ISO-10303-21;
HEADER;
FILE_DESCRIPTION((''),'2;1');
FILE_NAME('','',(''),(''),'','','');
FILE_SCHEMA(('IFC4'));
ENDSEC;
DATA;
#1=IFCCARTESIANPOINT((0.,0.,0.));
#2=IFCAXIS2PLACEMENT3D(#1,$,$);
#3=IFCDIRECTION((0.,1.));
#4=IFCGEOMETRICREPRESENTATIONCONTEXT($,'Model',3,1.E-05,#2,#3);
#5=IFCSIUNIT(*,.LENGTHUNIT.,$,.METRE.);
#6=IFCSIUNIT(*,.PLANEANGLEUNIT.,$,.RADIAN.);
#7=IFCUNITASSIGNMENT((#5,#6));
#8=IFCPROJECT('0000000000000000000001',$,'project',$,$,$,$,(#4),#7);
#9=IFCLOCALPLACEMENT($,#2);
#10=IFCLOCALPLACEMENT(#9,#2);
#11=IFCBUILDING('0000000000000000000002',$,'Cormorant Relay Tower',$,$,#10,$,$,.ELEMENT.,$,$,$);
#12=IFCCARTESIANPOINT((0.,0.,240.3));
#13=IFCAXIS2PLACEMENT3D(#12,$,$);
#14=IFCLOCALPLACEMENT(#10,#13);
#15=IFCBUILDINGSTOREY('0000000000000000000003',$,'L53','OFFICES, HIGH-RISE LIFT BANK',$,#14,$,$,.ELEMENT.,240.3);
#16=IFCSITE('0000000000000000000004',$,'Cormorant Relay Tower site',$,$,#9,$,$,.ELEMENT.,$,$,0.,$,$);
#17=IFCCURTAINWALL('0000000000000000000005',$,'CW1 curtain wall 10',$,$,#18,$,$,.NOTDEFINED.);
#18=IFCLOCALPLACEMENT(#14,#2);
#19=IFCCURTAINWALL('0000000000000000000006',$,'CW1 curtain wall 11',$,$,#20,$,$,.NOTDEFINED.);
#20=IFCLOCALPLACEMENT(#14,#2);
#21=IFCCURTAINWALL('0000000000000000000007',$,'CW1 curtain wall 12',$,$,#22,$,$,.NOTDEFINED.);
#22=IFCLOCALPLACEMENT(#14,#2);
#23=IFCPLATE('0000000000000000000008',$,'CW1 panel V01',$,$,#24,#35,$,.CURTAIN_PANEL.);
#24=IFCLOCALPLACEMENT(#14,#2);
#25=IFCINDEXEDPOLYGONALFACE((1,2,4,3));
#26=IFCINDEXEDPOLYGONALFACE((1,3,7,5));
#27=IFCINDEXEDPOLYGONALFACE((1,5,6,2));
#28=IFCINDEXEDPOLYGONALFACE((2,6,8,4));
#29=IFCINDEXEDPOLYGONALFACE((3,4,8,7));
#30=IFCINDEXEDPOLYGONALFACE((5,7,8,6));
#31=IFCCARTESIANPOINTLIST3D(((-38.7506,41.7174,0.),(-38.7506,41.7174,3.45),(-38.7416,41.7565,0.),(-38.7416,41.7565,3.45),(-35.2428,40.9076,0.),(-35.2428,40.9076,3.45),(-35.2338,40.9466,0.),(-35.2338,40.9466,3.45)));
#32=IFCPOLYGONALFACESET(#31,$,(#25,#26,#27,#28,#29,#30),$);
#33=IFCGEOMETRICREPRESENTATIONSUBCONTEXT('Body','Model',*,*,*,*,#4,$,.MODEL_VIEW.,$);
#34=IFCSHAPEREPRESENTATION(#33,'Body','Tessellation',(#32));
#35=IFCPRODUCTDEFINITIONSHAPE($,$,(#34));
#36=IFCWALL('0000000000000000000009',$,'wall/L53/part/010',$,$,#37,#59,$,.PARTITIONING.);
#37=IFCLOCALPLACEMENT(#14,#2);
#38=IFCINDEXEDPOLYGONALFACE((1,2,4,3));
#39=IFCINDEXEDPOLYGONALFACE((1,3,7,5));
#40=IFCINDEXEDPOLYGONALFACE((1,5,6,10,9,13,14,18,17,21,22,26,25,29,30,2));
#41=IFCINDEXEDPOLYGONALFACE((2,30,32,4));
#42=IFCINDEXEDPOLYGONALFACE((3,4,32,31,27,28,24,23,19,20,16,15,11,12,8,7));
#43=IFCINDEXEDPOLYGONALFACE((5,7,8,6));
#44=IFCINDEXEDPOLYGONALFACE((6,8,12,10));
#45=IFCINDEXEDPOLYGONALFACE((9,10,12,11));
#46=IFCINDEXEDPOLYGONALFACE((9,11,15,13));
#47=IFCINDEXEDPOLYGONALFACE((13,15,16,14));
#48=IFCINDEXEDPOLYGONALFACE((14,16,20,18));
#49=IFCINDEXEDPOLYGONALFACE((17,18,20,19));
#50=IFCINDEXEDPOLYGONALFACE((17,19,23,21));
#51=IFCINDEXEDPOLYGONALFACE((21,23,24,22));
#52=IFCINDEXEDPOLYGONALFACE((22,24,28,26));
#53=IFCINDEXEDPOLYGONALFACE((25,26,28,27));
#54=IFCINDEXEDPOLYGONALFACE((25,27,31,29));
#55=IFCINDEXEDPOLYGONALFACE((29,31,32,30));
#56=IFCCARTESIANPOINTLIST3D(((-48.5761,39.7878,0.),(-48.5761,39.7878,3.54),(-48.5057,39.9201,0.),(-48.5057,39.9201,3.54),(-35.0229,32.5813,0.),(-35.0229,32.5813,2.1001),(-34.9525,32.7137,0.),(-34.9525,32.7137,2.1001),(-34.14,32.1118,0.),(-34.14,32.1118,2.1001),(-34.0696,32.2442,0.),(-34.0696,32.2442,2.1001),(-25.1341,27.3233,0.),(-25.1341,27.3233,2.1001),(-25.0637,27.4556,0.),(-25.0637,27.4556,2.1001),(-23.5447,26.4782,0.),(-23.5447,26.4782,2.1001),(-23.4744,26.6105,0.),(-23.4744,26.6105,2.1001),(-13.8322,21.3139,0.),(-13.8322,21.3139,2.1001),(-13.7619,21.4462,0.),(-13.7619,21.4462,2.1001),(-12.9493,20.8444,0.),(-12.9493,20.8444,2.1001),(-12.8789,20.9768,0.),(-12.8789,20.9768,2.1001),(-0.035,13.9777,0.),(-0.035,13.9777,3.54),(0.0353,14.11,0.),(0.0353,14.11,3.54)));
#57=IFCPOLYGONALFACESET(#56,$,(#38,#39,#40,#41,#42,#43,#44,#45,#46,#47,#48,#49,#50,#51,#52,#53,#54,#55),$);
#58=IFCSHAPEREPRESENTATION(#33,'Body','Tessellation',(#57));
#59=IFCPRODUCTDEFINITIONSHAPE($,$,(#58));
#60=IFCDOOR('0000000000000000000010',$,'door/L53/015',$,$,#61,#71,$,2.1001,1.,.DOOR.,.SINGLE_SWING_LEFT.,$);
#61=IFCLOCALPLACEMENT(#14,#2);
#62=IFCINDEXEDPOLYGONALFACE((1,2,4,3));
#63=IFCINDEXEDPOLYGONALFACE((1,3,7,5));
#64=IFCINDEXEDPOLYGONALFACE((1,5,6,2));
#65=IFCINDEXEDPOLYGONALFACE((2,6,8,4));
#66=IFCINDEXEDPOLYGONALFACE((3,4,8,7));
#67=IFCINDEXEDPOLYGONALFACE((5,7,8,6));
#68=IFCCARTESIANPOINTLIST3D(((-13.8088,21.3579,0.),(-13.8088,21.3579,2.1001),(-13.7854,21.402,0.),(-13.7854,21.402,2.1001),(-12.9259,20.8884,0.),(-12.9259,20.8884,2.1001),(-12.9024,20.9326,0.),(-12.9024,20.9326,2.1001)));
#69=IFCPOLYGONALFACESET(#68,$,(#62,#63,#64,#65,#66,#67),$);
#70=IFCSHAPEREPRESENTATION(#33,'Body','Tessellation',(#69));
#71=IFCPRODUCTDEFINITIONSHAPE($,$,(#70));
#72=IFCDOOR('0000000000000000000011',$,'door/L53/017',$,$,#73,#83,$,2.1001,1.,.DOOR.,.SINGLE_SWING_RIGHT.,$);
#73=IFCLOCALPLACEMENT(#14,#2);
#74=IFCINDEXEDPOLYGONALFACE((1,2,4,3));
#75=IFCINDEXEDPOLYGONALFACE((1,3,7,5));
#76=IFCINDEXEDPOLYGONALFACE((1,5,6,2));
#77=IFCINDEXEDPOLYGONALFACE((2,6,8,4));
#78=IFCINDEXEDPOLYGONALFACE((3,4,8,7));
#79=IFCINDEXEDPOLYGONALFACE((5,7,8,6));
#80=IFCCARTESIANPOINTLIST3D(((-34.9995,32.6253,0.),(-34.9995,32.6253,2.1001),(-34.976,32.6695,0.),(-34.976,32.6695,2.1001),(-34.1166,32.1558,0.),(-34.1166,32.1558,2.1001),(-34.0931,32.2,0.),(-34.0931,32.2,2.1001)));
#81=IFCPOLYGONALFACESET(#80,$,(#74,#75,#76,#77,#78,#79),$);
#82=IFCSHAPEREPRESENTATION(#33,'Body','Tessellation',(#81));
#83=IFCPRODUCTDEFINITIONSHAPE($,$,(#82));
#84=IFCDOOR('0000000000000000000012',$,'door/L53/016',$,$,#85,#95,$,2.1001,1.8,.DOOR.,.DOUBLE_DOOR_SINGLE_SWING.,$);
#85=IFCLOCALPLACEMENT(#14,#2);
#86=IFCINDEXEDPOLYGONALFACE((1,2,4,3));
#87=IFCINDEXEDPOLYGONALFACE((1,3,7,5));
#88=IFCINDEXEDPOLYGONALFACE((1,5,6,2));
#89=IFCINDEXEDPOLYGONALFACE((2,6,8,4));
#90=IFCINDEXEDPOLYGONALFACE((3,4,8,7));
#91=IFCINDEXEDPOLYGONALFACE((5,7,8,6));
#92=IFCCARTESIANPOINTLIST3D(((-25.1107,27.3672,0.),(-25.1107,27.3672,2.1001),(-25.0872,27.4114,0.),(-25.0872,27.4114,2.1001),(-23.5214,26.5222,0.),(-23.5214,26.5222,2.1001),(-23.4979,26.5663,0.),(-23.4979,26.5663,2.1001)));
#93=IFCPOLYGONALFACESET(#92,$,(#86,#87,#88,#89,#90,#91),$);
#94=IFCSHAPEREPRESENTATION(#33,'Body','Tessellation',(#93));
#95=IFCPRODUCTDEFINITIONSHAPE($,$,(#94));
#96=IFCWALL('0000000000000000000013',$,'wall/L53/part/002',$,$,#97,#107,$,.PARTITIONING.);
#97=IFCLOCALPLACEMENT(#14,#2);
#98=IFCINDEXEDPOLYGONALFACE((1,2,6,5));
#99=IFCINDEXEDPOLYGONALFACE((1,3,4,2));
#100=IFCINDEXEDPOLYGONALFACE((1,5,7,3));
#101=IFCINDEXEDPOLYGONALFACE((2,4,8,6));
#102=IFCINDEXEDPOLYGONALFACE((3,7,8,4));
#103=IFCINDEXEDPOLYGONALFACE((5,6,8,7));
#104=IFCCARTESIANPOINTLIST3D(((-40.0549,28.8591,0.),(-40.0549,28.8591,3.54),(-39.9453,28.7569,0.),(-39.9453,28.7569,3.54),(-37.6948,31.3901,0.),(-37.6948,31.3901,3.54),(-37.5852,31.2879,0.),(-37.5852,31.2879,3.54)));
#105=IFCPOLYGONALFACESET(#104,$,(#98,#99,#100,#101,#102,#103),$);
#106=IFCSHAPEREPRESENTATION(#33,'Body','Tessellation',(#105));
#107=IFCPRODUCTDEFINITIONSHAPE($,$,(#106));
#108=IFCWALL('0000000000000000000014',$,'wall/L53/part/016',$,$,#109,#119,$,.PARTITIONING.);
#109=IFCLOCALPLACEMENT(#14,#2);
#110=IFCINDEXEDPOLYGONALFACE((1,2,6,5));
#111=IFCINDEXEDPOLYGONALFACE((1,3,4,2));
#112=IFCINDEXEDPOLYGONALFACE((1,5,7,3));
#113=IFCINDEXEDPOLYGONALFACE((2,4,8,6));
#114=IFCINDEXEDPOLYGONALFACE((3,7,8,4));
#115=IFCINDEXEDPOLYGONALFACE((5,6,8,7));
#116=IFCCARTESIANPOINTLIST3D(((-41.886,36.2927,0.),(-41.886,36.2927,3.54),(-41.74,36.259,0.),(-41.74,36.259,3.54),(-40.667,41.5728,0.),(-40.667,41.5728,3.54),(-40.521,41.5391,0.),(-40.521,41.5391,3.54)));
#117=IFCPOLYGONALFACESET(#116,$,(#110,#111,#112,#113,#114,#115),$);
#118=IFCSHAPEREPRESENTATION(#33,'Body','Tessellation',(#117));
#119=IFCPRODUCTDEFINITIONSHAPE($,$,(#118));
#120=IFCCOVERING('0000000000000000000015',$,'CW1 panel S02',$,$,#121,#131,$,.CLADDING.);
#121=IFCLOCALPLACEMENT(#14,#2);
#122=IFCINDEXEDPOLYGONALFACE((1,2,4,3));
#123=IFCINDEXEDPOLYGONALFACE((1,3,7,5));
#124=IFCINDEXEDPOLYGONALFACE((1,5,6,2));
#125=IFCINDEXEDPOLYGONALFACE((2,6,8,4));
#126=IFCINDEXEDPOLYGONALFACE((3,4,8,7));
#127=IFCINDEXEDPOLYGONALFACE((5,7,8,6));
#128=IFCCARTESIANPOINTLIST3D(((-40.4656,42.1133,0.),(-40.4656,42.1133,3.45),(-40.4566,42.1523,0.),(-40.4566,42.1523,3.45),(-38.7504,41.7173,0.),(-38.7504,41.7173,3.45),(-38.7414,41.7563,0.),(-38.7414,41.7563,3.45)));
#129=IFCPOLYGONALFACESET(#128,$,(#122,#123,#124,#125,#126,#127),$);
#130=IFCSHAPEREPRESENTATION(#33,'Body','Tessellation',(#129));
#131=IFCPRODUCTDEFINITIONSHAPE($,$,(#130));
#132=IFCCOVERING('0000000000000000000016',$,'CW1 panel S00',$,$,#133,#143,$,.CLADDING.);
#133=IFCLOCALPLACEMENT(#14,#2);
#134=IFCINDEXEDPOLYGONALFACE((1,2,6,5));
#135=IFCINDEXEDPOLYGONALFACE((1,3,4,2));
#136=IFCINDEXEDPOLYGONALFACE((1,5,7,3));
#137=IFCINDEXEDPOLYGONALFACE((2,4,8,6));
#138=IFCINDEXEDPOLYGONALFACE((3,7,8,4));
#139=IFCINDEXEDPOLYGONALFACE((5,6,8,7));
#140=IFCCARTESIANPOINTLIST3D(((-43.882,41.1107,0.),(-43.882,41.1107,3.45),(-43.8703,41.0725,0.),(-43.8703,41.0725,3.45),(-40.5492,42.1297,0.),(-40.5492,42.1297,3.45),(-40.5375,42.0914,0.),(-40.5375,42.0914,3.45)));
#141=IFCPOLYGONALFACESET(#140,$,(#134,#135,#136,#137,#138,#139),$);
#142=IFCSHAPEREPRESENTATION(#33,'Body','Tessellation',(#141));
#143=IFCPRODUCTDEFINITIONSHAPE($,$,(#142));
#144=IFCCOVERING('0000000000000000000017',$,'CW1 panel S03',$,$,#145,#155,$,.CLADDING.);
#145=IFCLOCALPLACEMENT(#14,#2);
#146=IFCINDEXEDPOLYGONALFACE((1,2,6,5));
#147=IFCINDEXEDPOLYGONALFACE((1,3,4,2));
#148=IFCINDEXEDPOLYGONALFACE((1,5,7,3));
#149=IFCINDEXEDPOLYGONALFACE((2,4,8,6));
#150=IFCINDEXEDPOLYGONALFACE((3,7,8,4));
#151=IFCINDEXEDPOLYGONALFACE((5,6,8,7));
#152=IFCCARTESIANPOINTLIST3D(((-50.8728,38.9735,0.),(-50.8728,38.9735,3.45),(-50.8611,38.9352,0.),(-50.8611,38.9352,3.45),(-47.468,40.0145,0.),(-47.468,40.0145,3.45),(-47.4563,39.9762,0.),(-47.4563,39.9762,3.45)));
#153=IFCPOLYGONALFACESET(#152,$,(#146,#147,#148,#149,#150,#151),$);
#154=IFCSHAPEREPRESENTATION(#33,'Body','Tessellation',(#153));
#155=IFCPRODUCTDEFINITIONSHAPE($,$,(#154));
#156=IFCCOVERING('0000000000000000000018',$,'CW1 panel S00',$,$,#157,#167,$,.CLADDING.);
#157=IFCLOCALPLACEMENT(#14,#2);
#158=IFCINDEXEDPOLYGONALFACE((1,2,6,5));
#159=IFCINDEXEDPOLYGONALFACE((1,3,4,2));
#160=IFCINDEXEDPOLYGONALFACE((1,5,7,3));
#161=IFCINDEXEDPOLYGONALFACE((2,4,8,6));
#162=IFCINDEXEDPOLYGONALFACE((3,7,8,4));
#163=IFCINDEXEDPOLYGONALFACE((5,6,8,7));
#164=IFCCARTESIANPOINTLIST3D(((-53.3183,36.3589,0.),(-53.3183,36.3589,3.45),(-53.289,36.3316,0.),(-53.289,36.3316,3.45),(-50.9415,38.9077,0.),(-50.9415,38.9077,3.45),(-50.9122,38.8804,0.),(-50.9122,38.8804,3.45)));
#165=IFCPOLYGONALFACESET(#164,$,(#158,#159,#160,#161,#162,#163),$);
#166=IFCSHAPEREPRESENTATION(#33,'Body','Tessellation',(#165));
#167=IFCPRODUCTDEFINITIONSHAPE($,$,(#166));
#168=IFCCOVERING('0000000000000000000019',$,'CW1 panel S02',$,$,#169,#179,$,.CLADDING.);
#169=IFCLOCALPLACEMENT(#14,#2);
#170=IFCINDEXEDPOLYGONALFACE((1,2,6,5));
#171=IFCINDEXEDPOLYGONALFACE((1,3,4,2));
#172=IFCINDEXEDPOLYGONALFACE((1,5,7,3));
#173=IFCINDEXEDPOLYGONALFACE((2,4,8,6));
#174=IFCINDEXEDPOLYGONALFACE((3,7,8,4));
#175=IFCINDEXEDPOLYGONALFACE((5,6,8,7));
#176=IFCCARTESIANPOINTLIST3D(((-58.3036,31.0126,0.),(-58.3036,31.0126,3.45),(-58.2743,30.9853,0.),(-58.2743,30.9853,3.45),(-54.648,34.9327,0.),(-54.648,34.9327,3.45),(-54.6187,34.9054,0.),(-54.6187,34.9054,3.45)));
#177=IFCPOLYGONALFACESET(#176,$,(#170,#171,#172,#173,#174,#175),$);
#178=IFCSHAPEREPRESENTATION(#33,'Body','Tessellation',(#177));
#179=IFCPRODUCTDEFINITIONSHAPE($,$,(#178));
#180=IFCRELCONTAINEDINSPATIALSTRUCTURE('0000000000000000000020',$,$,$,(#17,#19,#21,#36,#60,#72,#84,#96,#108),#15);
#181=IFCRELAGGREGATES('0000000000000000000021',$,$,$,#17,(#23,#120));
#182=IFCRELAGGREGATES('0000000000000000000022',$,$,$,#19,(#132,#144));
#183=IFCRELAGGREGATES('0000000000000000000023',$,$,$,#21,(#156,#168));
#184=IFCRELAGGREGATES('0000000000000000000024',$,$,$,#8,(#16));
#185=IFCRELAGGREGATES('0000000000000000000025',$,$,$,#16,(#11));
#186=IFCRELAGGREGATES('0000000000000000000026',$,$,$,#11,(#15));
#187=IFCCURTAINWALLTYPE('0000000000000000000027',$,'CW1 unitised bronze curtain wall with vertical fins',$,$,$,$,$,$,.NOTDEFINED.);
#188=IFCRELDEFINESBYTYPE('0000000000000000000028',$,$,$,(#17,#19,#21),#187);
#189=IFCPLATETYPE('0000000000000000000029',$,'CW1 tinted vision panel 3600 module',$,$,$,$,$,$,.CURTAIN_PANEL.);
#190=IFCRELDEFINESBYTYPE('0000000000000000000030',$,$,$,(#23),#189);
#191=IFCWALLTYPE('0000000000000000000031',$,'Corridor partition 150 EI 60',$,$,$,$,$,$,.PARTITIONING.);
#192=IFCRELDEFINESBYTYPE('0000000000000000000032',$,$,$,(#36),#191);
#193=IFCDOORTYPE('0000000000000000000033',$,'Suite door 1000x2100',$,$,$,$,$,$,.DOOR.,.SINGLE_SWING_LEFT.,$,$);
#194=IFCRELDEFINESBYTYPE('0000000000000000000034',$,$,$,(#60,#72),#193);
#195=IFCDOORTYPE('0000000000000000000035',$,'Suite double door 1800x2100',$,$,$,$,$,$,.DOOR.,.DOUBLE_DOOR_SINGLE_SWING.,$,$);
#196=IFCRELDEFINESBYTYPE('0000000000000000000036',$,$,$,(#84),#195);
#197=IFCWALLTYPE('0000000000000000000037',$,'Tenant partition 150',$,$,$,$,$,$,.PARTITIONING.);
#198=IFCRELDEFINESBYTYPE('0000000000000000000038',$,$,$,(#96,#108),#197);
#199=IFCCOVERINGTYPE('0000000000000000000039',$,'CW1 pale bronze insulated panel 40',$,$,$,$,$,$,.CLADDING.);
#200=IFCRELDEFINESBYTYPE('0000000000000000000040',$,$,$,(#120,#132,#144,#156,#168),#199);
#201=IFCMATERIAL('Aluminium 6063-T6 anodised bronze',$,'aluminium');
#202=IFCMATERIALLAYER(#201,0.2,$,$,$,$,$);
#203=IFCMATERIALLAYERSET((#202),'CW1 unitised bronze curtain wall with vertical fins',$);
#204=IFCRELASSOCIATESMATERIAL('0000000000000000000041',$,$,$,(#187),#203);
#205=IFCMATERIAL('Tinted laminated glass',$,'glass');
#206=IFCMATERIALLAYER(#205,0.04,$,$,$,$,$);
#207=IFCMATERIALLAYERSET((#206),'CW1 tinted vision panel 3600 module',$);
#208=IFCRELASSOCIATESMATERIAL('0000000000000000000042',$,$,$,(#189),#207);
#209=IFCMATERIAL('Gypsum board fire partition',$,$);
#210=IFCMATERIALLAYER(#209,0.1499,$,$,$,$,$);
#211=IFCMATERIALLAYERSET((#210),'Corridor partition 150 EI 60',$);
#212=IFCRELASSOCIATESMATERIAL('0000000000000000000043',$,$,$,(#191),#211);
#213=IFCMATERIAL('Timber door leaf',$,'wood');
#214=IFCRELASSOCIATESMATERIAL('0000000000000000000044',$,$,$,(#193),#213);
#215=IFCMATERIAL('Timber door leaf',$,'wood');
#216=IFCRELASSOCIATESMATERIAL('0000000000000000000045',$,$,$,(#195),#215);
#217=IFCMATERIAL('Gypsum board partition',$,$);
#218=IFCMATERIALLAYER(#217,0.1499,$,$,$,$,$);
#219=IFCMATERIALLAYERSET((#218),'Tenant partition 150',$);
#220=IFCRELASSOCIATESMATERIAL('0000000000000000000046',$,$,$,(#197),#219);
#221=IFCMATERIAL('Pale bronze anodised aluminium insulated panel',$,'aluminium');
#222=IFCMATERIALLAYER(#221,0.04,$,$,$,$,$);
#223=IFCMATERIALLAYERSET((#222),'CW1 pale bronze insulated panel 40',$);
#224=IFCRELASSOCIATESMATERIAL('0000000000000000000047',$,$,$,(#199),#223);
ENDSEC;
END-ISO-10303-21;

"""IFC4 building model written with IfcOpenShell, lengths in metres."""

from ifc_helpers import new_model, si_unit, direction, frame, frame_2d, origin, origin_2d, place, context, subcontext, project, spatial, rectangle, extrude, material, layer, layer_set, type_object, element, fill, aggregate, save


model = new_model("IFC4")

# Units and contexts
model_context = context("Model", 3, precision=1e-05, world=origin(), true_north=direction((0.0, 1.0)))
body_context = subcontext(model_context, "Body", "Model", "MODEL_VIEW")
ifc_project = project(units=[si_unit("LENGTHUNIT", "METRE"), si_unit("PLANEANGLEUNIT", "RADIAN")], contexts=[model_context])

# Site, building, storey
site_placement = place(None, origin())
site = spatial("IfcSite", under=ifc_project, at=site_placement, Name="Cormorant Relay Tower site", CompositionType="ELEMENT", RefElevation=0.0)
building_placement = place(site_placement, origin())
building = spatial("IfcBuilding", under=site, at=building_placement, Name="Cormorant Relay Tower", CompositionType="ELEMENT")
storey_placement = place(building_placement, frame((0.0, 0.0, 240.3)))
storey = spatial("IfcBuildingStorey", under=building, at=storey_placement, Name="L53", Description="OFFICES, HIGH-RISE LIFT BANK", CompositionType="ELEMENT", Elevation=240.3)

# Curtain wall
ifc_material_1 = material(Name="Aluminium 6063-T6 anodised bronze", Category="aluminium")
ifc_layer_1 = layer(ifc_material_1, 0.2)
ifc_layer_set_1 = layer_set([ifc_layer_1], Name="CW1 unitised bronze curtain wall with vertical fins")
curtain_wall_type = type_object("IfcCurtainWallType", Name="CW1 unitised bronze curtain wall with vertical fins", PredefinedType="NOTDEFINED", material=ifc_layer_set_1)
curtain_wall_1_placement = place(storey_placement, origin())
curtain_wall_1 = element("IfcCurtainWall", 1, at=curtain_wall_1_placement, inside=storey, type_object=curtain_wall_type, Name="CW1 curtain wall 10", PredefinedType="NOTDEFINED")

# Curtain walls
curtain_wall_2_placement = place(storey_placement, origin())
curtain_wall_2 = element("IfcCurtainWall", 2, at=curtain_wall_2_placement, inside=storey, type_object=curtain_wall_type, Name="CW1 curtain wall 11", PredefinedType="NOTDEFINED")
curtain_wall_3_placement = place(storey_placement, origin())
curtain_wall_3 = element("IfcCurtainWall", 3, at=curtain_wall_3_placement, inside=storey, type_object=curtain_wall_type, Name="CW1 curtain wall 12", PredefinedType="NOTDEFINED")

# Plate
ifc_material_2 = material(Name="Tinted laminated glass", Category="glass")
ifc_layer_2 = layer(ifc_material_2, 0.04)
ifc_layer_set_2 = layer_set([ifc_layer_2], Name="CW1 tinted vision panel 3600 module")
plate_type_1 = type_object("IfcPlateType", Name="CW1 tinted vision panel 3600 module", PredefinedType="CURTAIN_PANEL", material=ifc_layer_set_2)
plate_1_placement = place(storey_placement, frame((-36.9922, 41.332, 0.0), z_axis=(0.0, 0.0, 1.0), x_axis=(-0.97437, 0.224951, 0.0)))
plate_1 = element("IfcPlate", 4, at=plate_1_placement, type_object=plate_type_1, Name="CW1 panel V01", PredefinedType="CURTAIN_PANEL", context=body_context, shape_type="SweptSolid", body=[
    extrude(rectangle(XDim=3.6001, YDim=0.04, at=origin_2d()), origin(), (0.0, 0.0, 1.0), 3.45),
])

# Wall, openings, doors
ifc_material_3 = material(Name="Gypsum board fire partition")
ifc_layer_3 = layer(ifc_material_3, 0.1499)
ifc_layer_set_3 = layer_set([ifc_layer_3], Name="Corridor partition 150 EI 60")
wall_type_1 = type_object("IfcWallType", Name="Corridor partition 150 EI 60", PredefinedType="PARTITIONING", material=ifc_layer_set_3)
wall_1_placement = place(storey_placement, frame((-48.541, 39.854, 0.0), z_axis=(0.0, 0.0, 1.0), x_axis=(0.882945, -0.469476, 0.0)))
wall_1 = element("IfcWall", 5, at=wall_1_placement, inside=storey, type_object=wall_type_1, Name="wall/L53/part/010", PredefinedType="PARTITIONING", context=body_context, shape_type="SweptSolid", body=[
    extrude(rectangle(XDim=54.9763, YDim=0.1499, at=frame_2d((27.4883, 0.0))), origin(), (0.0, 0.0, 1.0), 3.54),
])
opening_1_placement = place(wall_1_placement, frame((39.3501, 0.0, 0.0)))
opening_1 = element("IfcOpeningElement", 6, at=opening_1_placement, cuts=wall_1, PredefinedType="OPENING", context=body_context, shape_type="SweptSolid", body=[
    extrude(rectangle(XDim=1.0, YDim=2.1001, at=frame_2d((0.5, 1.05))), frame((0.0, 0.085, 0.0), z_axis=(0.0, -1.0, 0.0), x_axis=(1.0, 0.0, 0.0)), (0.0, 0.0, 1.0), 0.1699),
])
opening_2_placement = place(wall_1_placement, frame((26.55, 0.0, 0.0)))
opening_2 = element("IfcOpeningElement", 7, at=opening_2_placement, cuts=wall_1, PredefinedType="OPENING", context=body_context, shape_type="SweptSolid", body=[
    extrude(rectangle(XDim=1.8, YDim=2.1001, at=frame_2d((0.8999, 1.05))), frame((0.0, 0.085, 0.0), z_axis=(0.0, -1.0, 0.0), x_axis=(1.0, 0.0, 0.0)), (0.0, 0.0, 1.0), 0.1699),
])
opening_3_placement = place(wall_1_placement, frame((15.3501, 0.0, 0.0)))
opening_3 = element("IfcOpeningElement", 8, at=opening_3_placement, cuts=wall_1, PredefinedType="OPENING", context=body_context, shape_type="SweptSolid", body=[
    extrude(rectangle(XDim=1.0, YDim=2.1001, at=frame_2d((0.5, 1.05))), frame((0.0, 0.085, 0.0), z_axis=(0.0, -1.0, 0.0), x_axis=(1.0, 0.0, 0.0)), (0.0, 0.0, 1.0), 0.1699),
])
ifc_material_4 = material(Name="Timber door leaf", Category="wood")
door_type_1 = type_object("IfcDoorType", Name="Suite door 1000x2100", OperationType="SINGLE_SWING_LEFT", PredefinedType="DOOR", material=ifc_material_4)
door_1_placement = place(opening_1_placement, origin())
door_1 = element("IfcDoor", 9, at=door_1_placement, inside=storey, type_object=door_type_1, Name="door/L53/015", OperationType="SINGLE_SWING_LEFT", OverallHeight=2.1001, OverallWidth=1.0, PredefinedType="DOOR", context=body_context, shape_type="SweptSolid", body=[
    extrude(rectangle(XDim=1.0, YDim=2.1001, at=frame_2d((0.5, 1.05))), frame((0.0, 0.0249, 0.0), z_axis=(0.0, -1.0, 0.0), x_axis=(1.0, 0.0, 0.0)), (0.0, 0.0, 1.0), 0.05),
])
fill(opening_1, door_1)
door_2_placement = place(opening_3_placement, origin())
door_2 = element("IfcDoor", 10, at=door_2_placement, inside=storey, type_object=door_type_1, Name="door/L53/017", OperationType="SINGLE_SWING_RIGHT", OverallHeight=2.1001, OverallWidth=1.0, PredefinedType="DOOR", context=body_context, shape_type="SweptSolid", body=[
    extrude(rectangle(XDim=1.0, YDim=2.1001, at=frame_2d((0.5, 1.05))), frame((0.0, 0.0249, 0.0), z_axis=(0.0, -1.0, 0.0), x_axis=(1.0, 0.0, 0.0)), (0.0, 0.0, 1.0), 0.05),
])
fill(opening_3, door_2)
ifc_material_5 = material(Name="Timber door leaf", Category="wood")
door_type_2 = type_object("IfcDoorType", Name="Suite double door 1800x2100", OperationType="DOUBLE_DOOR_SINGLE_SWING", PredefinedType="DOOR", material=ifc_material_5)
door_3_placement = place(opening_2_placement, origin())
door_3 = element("IfcDoor", 11, at=door_3_placement, inside=storey, type_object=door_type_2, Name="door/L53/016", OperationType="DOUBLE_DOOR_SINGLE_SWING", OverallHeight=2.1001, OverallWidth=1.8, PredefinedType="DOOR", context=body_context, shape_type="SweptSolid", body=[
    extrude(rectangle(XDim=1.8, YDim=2.1001, at=frame_2d((0.8999, 1.05))), frame((0.0, 0.0249, 0.0), z_axis=(0.0, -1.0, 0.0), x_axis=(1.0, 0.0, 0.0)), (0.0, 0.0, 1.0), 0.05),
])
fill(opening_2, door_3)

# Walls
ifc_material_6 = material(Name="Gypsum board partition")
ifc_layer_4 = layer(ifc_material_6, 0.1499)
ifc_layer_set_4 = layer_set([ifc_layer_4], Name="Tenant partition 150")
wall_type_2 = type_object("IfcWallType", Name="Tenant partition 150", PredefinedType="PARTITIONING", material=ifc_layer_set_4)
wall_2_placement = place(storey_placement, frame((-37.6399, 31.3391, 0.0), z_axis=(0.0, 0.0, 1.0), x_axis=(-0.681984, -0.731367, 0.0)))
element("IfcWall", 12, at=wall_2_placement, inside=storey, type_object=wall_type_2, Name="wall/L53/part/002", PredefinedType="PARTITIONING", context=body_context, shape_type="SweptSolid", body=[
    extrude(rectangle(XDim=3.4607, YDim=0.1499, at=frame_2d((1.7305, 0.0))), origin(), (0.0, 0.0, 1.0), 3.54),
])
wall_3_placement = place(storey_placement, frame((-41.813, 36.2759, 0.0), z_axis=(0.0, 0.0, 1.0), x_axis=(0.224952, 0.97437, 0.0)))
element("IfcWall", 13, at=wall_3_placement, inside=storey, type_object=wall_type_2, Name="wall/L53/part/016", PredefinedType="PARTITIONING", context=body_context, shape_type="SweptSolid", body=[
    extrude(rectangle(XDim=5.4189, YDim=0.1499, at=frame_2d((2.7095, 0.0))), origin(), (0.0, 0.0, 1.0), 3.54),
])

# Coverings
ifc_material_7 = material(Name="Pale bronze anodised aluminium insulated panel", Category="aluminium")
ifc_layer_5 = layer(ifc_material_7, 0.04)
ifc_layer_set_5 = layer_set([ifc_layer_5], Name="CW1 pale bronze insulated panel 40")
covering_type = type_object("IfcCoveringType", Name="CW1 pale bronze insulated panel 40", PredefinedType="CLADDING", material=ifc_layer_set_5)
covering_1_placement = place(storey_placement, frame((-39.6035, 41.9348, 0.0), z_axis=(0.0, 0.0, 1.0), x_axis=(-0.97437, 0.224951, 0.0)))
covering_1 = element("IfcCovering", 14, at=covering_1_placement, type_object=covering_type, Name="CW1 panel S02", PredefinedType="CLADDING", context=body_context, shape_type="SweptSolid", body=[
    extrude(rectangle(XDim=1.7603, YDim=0.04, at=origin_2d()), origin(), (0.0, 0.0, 1.0), 3.45),
])
aggregate(curtain_wall_1, [plate_1, covering_1])
covering_2_placement = place(storey_placement, frame((-42.2097, 41.6011, 0.0), z_axis=(0.0, 0.0, 1.0), x_axis=(-0.956305, -0.292372, 0.0)))
covering_2 = element("IfcCovering", 15, at=covering_2_placement, type_object=covering_type, Name="CW1 panel S00", PredefinedType="CLADDING", context=body_context, shape_type="SweptSolid", body=[
    extrude(rectangle(XDim=3.4851, YDim=0.04, at=origin_2d()), origin(), (0.0, 0.0, 1.0), 3.45),
])
covering_3_placement = place(storey_placement, frame((-49.1646, 39.4749, 0.0), z_axis=(0.0, 0.0, 1.0), x_axis=(-0.956305, -0.292372, 0.0)))
covering_3 = element("IfcCovering", 16, at=covering_3_placement, type_object=covering_type, Name="CW1 panel S03", PredefinedType="CLADDING", context=body_context, shape_type="SweptSolid", body=[
    extrude(rectangle(XDim=3.5603, YDim=0.04, at=origin_2d()), origin(), (0.0, 0.0, 1.0), 3.45),
])
aggregate(curtain_wall_2, [covering_2, covering_3])
covering_4_placement = place(storey_placement, frame((-52.1152, 37.6196, 0.0), z_axis=(0.0, 0.0, 1.0), x_axis=(-0.681998, -0.731354, 0.0)))
covering_4 = element("IfcCovering", 17, at=covering_4_placement, type_object=covering_type, Name="CW1 panel S00", PredefinedType="CLADDING", context=body_context, shape_type="SweptSolid", body=[
    extrude(rectangle(XDim=3.4851, YDim=0.04, at=origin_2d()), origin(), (0.0, 0.0, 1.0), 3.45),
])
covering_5_placement = place(storey_placement, frame((-56.4612, 32.959, 0.0), z_axis=(0.0, 0.0, 1.0), x_axis=(-0.681998, -0.731354, 0.0)))
covering_5 = element("IfcCovering", 18, at=covering_5_placement, type_object=covering_type, Name="CW1 panel S02", PredefinedType="CLADDING", context=body_context, shape_type="SweptSolid", body=[
    extrude(rectangle(XDim=5.3601, YDim=0.04, at=origin_2d()), origin(), (0.0, 0.0, 1.0), 3.45),
])
aggregate(curtain_wall_3, [covering_4, covering_5])

save(model, "model.ifc")
